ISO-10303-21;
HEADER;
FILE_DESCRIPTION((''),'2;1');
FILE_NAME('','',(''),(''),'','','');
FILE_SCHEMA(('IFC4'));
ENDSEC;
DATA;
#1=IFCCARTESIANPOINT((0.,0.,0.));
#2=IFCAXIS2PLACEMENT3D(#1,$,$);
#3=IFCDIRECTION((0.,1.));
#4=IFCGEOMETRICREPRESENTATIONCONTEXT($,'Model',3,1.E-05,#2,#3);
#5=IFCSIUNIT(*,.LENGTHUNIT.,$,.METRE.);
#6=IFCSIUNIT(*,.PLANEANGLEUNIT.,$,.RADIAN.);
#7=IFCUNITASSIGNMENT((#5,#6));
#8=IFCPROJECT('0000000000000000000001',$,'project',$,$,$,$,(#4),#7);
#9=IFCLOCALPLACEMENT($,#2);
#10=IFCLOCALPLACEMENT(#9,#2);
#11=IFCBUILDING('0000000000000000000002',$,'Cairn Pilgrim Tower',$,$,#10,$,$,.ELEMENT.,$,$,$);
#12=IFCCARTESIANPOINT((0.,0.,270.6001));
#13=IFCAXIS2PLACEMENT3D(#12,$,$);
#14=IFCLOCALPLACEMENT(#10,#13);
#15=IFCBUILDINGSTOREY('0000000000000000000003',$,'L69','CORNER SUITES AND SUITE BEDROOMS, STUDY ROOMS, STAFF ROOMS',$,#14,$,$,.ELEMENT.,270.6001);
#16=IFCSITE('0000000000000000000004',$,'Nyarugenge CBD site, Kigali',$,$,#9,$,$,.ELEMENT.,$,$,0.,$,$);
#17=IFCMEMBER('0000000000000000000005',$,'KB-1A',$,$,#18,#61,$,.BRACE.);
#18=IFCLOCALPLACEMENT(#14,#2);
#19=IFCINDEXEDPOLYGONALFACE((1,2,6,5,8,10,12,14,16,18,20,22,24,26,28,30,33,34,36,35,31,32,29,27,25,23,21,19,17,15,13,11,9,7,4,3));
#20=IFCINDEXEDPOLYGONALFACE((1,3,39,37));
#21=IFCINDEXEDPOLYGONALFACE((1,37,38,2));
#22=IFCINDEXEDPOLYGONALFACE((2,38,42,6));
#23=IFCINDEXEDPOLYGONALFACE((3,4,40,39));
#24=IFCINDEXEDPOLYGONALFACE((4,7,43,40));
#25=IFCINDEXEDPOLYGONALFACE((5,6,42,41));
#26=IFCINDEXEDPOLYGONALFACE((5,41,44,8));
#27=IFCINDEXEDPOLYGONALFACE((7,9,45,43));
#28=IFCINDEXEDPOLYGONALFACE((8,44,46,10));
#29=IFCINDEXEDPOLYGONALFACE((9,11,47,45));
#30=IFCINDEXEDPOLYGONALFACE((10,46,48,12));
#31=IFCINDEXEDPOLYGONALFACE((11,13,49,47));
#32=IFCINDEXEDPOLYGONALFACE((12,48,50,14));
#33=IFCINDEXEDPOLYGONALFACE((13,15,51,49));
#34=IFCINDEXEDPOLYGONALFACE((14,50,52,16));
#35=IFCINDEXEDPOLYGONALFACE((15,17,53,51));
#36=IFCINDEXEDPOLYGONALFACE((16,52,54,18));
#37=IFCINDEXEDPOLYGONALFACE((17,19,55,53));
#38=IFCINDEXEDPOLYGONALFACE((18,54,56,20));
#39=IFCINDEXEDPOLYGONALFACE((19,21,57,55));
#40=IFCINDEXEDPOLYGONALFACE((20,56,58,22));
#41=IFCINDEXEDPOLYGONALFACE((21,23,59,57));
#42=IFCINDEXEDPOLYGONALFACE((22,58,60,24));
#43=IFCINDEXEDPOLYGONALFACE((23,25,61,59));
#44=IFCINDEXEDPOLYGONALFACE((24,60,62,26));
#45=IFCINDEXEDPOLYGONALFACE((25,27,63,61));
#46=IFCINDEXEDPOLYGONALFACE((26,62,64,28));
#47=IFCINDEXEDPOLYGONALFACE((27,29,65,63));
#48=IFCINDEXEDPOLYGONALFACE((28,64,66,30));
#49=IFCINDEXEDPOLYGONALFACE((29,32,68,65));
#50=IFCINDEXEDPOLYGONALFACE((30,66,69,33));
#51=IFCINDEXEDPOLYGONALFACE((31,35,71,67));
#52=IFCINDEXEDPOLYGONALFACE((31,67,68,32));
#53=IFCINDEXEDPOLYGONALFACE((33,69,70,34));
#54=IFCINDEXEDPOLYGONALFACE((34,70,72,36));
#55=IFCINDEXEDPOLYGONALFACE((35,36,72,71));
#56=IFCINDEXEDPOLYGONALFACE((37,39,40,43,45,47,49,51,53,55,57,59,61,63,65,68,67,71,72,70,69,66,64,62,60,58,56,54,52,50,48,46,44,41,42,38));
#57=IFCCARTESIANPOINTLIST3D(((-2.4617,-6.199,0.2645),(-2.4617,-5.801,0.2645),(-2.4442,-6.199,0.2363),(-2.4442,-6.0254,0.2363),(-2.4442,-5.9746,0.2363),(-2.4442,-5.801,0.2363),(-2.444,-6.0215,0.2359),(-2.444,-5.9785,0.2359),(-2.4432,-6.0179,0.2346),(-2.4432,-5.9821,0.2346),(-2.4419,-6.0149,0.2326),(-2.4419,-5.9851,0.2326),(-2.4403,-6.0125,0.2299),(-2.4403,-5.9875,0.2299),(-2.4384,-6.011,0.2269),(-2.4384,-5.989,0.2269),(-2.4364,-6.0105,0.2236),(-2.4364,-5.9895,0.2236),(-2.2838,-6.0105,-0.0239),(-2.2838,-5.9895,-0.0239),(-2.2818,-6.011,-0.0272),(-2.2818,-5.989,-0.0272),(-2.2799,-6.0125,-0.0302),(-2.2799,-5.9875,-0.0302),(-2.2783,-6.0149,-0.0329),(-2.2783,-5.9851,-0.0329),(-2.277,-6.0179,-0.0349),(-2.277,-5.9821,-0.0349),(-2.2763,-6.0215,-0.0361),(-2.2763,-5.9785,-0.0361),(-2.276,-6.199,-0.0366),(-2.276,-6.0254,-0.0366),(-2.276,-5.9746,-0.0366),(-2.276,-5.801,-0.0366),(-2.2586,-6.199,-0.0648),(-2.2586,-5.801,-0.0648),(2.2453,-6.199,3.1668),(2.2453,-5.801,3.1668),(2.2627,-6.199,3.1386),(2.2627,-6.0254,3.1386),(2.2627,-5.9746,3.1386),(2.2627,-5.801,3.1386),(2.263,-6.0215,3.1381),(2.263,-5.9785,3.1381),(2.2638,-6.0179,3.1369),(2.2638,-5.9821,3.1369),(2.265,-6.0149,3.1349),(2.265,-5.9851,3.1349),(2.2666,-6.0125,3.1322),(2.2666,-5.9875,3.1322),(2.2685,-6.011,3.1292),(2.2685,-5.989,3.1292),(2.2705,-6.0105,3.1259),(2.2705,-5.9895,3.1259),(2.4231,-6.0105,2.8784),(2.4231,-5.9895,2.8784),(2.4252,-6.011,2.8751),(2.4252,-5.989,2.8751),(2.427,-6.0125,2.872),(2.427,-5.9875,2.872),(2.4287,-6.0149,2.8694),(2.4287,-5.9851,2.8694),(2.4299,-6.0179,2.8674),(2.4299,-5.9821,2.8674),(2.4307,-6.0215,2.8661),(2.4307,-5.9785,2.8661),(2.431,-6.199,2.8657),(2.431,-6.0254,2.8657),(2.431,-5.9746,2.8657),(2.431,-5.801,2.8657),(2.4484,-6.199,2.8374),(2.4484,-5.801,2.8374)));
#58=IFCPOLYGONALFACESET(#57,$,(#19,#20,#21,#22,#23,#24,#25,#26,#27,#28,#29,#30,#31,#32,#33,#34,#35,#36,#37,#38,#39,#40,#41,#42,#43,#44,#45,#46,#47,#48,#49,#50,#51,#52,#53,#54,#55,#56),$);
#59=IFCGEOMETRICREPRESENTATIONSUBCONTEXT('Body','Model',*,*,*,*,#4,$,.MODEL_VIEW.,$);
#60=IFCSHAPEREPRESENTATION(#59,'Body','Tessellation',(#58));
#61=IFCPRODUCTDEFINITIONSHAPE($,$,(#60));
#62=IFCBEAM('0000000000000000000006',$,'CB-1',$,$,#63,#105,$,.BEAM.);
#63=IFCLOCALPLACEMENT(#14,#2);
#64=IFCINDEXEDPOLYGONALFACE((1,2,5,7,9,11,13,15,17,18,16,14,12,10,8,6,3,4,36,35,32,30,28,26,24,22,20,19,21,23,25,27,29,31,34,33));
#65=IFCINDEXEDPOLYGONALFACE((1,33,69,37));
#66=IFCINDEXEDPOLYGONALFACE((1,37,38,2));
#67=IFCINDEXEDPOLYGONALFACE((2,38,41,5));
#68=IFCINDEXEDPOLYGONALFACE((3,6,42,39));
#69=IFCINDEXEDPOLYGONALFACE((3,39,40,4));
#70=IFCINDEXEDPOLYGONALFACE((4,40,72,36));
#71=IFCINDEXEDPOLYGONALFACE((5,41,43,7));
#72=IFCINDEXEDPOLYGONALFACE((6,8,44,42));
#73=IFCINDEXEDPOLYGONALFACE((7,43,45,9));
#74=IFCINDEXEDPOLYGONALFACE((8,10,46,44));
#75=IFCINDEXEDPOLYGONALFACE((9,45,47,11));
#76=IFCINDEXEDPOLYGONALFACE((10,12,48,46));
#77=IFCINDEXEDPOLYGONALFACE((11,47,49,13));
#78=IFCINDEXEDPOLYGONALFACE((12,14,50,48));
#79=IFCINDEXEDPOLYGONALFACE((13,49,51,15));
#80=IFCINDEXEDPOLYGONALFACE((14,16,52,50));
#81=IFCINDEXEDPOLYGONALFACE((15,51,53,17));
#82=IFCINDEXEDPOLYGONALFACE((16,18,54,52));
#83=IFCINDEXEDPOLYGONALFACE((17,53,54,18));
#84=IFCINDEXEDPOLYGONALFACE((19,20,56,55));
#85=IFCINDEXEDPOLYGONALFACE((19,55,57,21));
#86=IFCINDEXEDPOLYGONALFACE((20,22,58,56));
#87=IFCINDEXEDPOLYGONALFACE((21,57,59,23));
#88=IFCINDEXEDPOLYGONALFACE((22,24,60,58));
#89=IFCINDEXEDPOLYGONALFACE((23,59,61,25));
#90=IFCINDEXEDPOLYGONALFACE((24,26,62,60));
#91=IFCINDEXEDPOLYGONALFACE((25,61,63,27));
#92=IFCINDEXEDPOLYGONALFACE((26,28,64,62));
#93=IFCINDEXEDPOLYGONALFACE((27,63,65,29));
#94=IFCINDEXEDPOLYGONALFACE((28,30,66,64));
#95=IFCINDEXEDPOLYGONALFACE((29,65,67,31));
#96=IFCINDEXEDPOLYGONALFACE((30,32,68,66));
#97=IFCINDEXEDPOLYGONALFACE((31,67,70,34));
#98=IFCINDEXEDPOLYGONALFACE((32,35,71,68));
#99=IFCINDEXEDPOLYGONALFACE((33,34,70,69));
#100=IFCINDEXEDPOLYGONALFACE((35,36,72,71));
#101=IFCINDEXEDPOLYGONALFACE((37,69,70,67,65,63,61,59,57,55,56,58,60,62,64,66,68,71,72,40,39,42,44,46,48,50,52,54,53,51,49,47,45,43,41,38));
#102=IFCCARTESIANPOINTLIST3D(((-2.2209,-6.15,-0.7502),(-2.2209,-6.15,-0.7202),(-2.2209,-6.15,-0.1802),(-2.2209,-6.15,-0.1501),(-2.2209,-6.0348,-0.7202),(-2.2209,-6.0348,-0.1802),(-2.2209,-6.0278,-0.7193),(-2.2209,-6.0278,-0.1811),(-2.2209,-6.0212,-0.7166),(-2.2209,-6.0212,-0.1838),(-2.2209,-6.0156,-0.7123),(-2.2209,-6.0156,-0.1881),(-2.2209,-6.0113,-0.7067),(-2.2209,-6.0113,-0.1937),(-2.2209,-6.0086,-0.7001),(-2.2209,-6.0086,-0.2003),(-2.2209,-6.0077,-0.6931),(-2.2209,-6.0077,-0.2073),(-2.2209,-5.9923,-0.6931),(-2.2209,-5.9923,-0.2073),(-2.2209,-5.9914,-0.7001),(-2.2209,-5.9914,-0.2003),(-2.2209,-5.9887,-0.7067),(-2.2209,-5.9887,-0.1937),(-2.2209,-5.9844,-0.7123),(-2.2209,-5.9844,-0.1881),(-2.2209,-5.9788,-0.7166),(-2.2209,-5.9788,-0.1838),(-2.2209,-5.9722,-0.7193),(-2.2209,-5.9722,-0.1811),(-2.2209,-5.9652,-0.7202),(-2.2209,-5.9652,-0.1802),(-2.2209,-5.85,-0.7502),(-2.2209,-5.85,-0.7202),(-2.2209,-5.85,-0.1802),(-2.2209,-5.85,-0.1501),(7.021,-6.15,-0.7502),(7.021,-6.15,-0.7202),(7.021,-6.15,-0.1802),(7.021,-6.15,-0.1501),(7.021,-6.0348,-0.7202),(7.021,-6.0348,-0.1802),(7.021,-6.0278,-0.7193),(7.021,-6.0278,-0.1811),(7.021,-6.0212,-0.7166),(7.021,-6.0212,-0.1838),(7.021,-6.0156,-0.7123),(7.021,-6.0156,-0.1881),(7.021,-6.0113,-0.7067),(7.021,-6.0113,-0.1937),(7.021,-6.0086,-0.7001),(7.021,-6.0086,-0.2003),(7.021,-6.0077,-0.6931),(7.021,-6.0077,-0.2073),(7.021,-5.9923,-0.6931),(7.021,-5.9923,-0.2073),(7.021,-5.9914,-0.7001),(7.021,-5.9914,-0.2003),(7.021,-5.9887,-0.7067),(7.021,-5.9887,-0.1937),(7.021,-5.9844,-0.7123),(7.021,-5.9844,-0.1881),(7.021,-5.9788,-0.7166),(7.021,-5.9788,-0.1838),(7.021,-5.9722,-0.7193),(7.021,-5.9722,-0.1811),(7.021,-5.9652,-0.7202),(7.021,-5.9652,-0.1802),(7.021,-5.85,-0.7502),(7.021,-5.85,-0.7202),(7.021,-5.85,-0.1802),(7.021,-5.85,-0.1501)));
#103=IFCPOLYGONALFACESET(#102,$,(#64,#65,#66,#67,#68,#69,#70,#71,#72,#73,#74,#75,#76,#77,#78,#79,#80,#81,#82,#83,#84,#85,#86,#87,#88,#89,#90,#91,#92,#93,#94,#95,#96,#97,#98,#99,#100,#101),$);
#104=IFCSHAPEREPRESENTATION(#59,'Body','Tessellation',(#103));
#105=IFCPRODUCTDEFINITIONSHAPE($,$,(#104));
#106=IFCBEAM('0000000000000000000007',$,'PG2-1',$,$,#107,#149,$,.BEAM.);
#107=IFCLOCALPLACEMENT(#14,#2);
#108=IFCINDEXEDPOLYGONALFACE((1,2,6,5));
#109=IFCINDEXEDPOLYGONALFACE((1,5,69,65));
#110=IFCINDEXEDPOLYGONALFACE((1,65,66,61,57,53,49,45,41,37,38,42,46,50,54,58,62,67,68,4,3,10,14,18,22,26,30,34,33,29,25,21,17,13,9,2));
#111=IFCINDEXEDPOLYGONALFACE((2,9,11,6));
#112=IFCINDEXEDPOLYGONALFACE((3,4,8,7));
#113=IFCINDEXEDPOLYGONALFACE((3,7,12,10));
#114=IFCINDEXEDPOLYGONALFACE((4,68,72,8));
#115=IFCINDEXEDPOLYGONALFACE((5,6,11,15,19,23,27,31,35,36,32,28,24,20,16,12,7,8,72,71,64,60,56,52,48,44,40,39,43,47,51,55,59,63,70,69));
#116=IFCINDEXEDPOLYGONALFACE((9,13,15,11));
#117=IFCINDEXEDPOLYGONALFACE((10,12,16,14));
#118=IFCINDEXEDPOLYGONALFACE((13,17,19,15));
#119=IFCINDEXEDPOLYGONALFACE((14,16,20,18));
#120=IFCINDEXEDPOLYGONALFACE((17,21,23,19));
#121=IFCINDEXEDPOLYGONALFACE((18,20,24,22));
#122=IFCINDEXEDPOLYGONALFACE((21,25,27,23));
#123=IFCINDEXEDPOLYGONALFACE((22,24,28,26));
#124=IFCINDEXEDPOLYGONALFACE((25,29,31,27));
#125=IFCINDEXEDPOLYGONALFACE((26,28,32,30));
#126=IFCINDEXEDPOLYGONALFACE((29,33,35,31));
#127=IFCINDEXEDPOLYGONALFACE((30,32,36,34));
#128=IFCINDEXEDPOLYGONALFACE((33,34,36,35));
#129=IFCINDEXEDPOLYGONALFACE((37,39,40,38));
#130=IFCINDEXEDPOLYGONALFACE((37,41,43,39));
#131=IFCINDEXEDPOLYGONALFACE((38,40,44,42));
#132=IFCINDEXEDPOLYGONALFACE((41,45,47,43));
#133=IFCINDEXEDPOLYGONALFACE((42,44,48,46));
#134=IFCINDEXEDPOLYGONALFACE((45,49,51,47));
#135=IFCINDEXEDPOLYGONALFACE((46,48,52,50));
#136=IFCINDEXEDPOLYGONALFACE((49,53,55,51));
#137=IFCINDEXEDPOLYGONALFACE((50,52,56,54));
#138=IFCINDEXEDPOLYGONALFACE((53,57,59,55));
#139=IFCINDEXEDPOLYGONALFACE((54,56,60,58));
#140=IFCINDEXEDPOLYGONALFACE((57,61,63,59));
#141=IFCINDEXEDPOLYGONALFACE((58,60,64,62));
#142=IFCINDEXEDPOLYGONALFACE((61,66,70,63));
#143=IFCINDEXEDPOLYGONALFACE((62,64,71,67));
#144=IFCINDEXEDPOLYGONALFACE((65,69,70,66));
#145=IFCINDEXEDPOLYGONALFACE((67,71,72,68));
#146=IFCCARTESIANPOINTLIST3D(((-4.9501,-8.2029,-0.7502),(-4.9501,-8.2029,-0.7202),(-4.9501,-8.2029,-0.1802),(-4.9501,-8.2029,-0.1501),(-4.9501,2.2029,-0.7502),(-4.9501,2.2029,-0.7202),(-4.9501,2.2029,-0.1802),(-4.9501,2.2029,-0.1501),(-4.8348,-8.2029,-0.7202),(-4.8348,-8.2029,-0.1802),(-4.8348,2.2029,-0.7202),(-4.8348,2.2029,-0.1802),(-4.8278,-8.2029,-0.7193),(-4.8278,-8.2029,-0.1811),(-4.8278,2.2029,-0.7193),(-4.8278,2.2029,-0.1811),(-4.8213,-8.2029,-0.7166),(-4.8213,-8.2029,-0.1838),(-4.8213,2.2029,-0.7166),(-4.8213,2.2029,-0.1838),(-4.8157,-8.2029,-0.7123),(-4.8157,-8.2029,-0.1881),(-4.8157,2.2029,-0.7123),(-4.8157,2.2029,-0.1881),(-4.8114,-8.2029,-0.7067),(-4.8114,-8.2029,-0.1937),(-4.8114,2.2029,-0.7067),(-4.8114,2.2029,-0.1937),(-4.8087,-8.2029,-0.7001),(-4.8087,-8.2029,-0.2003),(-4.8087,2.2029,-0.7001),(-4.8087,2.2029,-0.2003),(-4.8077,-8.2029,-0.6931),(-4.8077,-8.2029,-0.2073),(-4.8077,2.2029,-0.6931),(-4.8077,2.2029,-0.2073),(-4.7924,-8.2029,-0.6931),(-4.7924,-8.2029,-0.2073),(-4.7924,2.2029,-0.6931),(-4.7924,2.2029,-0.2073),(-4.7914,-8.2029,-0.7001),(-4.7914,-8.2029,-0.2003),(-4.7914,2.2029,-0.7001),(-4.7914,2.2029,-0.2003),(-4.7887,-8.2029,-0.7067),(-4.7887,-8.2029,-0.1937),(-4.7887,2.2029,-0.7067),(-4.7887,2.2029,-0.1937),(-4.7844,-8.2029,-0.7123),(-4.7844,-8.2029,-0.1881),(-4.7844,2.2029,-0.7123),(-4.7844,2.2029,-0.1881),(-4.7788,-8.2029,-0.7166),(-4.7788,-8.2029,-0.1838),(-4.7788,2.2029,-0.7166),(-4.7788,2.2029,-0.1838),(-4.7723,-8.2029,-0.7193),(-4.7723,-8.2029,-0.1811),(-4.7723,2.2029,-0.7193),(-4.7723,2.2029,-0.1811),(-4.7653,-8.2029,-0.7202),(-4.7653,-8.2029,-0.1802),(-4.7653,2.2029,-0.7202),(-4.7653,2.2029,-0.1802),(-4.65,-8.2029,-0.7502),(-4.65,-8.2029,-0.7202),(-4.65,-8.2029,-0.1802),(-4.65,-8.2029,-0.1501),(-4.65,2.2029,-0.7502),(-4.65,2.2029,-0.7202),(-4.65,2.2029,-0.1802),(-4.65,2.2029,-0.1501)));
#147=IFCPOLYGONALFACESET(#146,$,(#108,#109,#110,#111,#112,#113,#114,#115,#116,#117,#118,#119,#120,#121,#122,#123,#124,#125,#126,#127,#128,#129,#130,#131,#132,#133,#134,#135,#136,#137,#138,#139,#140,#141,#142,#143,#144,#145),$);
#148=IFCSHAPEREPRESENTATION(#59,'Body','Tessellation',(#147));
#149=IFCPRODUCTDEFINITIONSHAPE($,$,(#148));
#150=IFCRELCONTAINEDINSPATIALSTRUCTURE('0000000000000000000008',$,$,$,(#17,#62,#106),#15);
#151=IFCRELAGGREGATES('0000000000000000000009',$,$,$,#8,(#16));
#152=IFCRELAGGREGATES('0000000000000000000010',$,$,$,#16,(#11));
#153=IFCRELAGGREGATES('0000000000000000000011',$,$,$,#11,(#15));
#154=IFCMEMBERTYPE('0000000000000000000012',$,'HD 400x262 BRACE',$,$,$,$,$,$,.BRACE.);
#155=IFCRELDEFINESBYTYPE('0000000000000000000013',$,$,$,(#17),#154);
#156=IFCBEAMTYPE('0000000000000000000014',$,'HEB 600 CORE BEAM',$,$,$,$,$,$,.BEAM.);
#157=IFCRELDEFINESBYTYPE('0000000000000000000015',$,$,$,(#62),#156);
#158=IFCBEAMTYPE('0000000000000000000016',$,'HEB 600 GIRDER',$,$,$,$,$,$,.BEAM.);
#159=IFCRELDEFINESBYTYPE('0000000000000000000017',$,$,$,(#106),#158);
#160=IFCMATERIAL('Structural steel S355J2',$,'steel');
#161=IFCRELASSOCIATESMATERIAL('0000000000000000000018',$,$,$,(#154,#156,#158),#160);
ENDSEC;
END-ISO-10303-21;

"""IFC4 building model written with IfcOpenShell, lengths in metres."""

from ifc_helpers import new_model, si_unit, direction, frame, origin, origin_2d, place, context, subcontext, project, spatial, i_section, extrude, material, material_profile, profile_set, type_object, element, save


model = new_model("IFC4")

# Units and contexts
model_context = context("Model", 3, precision=1e-05, world=origin(), true_north=direction((0.0, 1.0)))
body_context = subcontext(model_context, "Body", "Model", "MODEL_VIEW")
ifc_project = project(units=[si_unit("LENGTHUNIT", "METRE"), si_unit("PLANEANGLEUNIT", "RADIAN")], contexts=[model_context])

# Site, building, storey
site_placement = place(None, origin())
site = spatial("IfcSite", under=ifc_project, at=site_placement, Name="Nyarugenge CBD site, Kigali", CompositionType="ELEMENT", RefElevation=0.0)
building_placement = place(site_placement, origin())
building = spatial("IfcBuilding", under=site, at=building_placement, Name="Cairn Pilgrim Tower", CompositionType="ELEMENT")
storey_placement = place(building_placement, frame((0.0, 0.0, 270.6001)))
storey = spatial("IfcBuildingStorey", under=building, at=storey_placement, Name="L69", Description="CORNER SUITES AND SUITE BEDROOMS, STUDY ROOMS, STAFF ROOMS", CompositionType="ELEMENT", Elevation=270.6001)

# Shared definitions
ifc_material_1 = material(Name="Structural steel S355J2", Category="steel")

# Member
ifc_material_profile_1 = material_profile(ifc_material_1, i_section(OverallWidth=0.3979, OverallDepth=0.387, WebThickness=0.021, FlangeThickness=0.0332, FilletRadius=0.0149, at=origin_2d()), Name="HD 400x262")
ifc_profile_set_1 = profile_set([ifc_material_profile_1], Name="Structural steel S355J2")
member_type_1 = type_object("IfcMemberType", Name="HD 400x262 BRACE", PredefinedType="BRACE", material=ifc_profile_set_1)
member_1_placement = place(storey_placement, frame((-2.3601, -6.0, 0.0999), z_axis=(0.851197, 0.0, 0.524846), x_axis=(0.0, 1.0, 0.0)))
element("IfcMember", 1, at=member_1_placement, inside=storey, type_object=member_type_1, Name="KB-1A", PredefinedType="BRACE", context=body_context, shape_type="SweptSolid", body=[
    extrude(i_section(OverallWidth=0.3979, OverallDepth=0.387, WebThickness=0.021, FlangeThickness=0.0332, FilletRadius=0.0149, at=origin_2d()), origin(), (0.0, 0.0, 1.0), 5.5298),
])

# Beams
ifc_material_profile_2 = material_profile(ifc_material_1, i_section(OverallWidth=0.3, OverallDepth=0.6001, WebThickness=0.0154, FlangeThickness=0.03, FilletRadius=0.0271, at=origin_2d()), Name="HEB 600")
ifc_profile_set_2 = profile_set([ifc_material_profile_2], Name="Structural steel S355J2")
beam_type_1 = type_object("IfcBeamType", Name="HEB 600 CORE BEAM", PredefinedType="BEAM", material=ifc_profile_set_2)
beam_1_placement = place(storey_placement, frame((-2.2209, -6.0, -0.4502), z_axis=(1.0, 0.0, 0.0), x_axis=(0.0, 1.0, 0.0)))
element("IfcBeam", 2, at=beam_1_placement, inside=storey, type_object=beam_type_1, Name="CB-1", PredefinedType="BEAM", context=body_context, shape_type="SweptSolid", body=[
    extrude(i_section(OverallWidth=0.3, OverallDepth=0.6001, WebThickness=0.0154, FlangeThickness=0.03, FilletRadius=0.0271, at=origin_2d()), origin(), (0.0, 0.0, 1.0), 9.2419),
])
ifc_material_profile_3 = material_profile(ifc_material_1, i_section(OverallWidth=0.3, OverallDepth=0.6001, WebThickness=0.0154, FlangeThickness=0.03, FilletRadius=0.0271, at=origin_2d()), Name="HEB 600")
ifc_profile_set_3 = profile_set([ifc_material_profile_3], Name="Structural steel S355J2")
beam_type_2 = type_object("IfcBeamType", Name="HEB 600 GIRDER", PredefinedType="BEAM", material=ifc_profile_set_3)
beam_2_placement = place(storey_placement, frame((-4.8, -8.2029, -0.4502), z_axis=(0.0, 1.0, 0.0), x_axis=(-1.0, 0.0, 0.0)))
element("IfcBeam", 3, at=beam_2_placement, inside=storey, type_object=beam_type_2, Name="PG2-1", PredefinedType="BEAM", context=body_context, shape_type="SweptSolid", body=[
    extrude(i_section(OverallWidth=0.3, OverallDepth=0.6001, WebThickness=0.0154, FlangeThickness=0.03, FilletRadius=0.0271, at=origin_2d()), origin(), (0.0, 0.0, 1.0), 10.4058),
])

save(model, "model.ifc")
